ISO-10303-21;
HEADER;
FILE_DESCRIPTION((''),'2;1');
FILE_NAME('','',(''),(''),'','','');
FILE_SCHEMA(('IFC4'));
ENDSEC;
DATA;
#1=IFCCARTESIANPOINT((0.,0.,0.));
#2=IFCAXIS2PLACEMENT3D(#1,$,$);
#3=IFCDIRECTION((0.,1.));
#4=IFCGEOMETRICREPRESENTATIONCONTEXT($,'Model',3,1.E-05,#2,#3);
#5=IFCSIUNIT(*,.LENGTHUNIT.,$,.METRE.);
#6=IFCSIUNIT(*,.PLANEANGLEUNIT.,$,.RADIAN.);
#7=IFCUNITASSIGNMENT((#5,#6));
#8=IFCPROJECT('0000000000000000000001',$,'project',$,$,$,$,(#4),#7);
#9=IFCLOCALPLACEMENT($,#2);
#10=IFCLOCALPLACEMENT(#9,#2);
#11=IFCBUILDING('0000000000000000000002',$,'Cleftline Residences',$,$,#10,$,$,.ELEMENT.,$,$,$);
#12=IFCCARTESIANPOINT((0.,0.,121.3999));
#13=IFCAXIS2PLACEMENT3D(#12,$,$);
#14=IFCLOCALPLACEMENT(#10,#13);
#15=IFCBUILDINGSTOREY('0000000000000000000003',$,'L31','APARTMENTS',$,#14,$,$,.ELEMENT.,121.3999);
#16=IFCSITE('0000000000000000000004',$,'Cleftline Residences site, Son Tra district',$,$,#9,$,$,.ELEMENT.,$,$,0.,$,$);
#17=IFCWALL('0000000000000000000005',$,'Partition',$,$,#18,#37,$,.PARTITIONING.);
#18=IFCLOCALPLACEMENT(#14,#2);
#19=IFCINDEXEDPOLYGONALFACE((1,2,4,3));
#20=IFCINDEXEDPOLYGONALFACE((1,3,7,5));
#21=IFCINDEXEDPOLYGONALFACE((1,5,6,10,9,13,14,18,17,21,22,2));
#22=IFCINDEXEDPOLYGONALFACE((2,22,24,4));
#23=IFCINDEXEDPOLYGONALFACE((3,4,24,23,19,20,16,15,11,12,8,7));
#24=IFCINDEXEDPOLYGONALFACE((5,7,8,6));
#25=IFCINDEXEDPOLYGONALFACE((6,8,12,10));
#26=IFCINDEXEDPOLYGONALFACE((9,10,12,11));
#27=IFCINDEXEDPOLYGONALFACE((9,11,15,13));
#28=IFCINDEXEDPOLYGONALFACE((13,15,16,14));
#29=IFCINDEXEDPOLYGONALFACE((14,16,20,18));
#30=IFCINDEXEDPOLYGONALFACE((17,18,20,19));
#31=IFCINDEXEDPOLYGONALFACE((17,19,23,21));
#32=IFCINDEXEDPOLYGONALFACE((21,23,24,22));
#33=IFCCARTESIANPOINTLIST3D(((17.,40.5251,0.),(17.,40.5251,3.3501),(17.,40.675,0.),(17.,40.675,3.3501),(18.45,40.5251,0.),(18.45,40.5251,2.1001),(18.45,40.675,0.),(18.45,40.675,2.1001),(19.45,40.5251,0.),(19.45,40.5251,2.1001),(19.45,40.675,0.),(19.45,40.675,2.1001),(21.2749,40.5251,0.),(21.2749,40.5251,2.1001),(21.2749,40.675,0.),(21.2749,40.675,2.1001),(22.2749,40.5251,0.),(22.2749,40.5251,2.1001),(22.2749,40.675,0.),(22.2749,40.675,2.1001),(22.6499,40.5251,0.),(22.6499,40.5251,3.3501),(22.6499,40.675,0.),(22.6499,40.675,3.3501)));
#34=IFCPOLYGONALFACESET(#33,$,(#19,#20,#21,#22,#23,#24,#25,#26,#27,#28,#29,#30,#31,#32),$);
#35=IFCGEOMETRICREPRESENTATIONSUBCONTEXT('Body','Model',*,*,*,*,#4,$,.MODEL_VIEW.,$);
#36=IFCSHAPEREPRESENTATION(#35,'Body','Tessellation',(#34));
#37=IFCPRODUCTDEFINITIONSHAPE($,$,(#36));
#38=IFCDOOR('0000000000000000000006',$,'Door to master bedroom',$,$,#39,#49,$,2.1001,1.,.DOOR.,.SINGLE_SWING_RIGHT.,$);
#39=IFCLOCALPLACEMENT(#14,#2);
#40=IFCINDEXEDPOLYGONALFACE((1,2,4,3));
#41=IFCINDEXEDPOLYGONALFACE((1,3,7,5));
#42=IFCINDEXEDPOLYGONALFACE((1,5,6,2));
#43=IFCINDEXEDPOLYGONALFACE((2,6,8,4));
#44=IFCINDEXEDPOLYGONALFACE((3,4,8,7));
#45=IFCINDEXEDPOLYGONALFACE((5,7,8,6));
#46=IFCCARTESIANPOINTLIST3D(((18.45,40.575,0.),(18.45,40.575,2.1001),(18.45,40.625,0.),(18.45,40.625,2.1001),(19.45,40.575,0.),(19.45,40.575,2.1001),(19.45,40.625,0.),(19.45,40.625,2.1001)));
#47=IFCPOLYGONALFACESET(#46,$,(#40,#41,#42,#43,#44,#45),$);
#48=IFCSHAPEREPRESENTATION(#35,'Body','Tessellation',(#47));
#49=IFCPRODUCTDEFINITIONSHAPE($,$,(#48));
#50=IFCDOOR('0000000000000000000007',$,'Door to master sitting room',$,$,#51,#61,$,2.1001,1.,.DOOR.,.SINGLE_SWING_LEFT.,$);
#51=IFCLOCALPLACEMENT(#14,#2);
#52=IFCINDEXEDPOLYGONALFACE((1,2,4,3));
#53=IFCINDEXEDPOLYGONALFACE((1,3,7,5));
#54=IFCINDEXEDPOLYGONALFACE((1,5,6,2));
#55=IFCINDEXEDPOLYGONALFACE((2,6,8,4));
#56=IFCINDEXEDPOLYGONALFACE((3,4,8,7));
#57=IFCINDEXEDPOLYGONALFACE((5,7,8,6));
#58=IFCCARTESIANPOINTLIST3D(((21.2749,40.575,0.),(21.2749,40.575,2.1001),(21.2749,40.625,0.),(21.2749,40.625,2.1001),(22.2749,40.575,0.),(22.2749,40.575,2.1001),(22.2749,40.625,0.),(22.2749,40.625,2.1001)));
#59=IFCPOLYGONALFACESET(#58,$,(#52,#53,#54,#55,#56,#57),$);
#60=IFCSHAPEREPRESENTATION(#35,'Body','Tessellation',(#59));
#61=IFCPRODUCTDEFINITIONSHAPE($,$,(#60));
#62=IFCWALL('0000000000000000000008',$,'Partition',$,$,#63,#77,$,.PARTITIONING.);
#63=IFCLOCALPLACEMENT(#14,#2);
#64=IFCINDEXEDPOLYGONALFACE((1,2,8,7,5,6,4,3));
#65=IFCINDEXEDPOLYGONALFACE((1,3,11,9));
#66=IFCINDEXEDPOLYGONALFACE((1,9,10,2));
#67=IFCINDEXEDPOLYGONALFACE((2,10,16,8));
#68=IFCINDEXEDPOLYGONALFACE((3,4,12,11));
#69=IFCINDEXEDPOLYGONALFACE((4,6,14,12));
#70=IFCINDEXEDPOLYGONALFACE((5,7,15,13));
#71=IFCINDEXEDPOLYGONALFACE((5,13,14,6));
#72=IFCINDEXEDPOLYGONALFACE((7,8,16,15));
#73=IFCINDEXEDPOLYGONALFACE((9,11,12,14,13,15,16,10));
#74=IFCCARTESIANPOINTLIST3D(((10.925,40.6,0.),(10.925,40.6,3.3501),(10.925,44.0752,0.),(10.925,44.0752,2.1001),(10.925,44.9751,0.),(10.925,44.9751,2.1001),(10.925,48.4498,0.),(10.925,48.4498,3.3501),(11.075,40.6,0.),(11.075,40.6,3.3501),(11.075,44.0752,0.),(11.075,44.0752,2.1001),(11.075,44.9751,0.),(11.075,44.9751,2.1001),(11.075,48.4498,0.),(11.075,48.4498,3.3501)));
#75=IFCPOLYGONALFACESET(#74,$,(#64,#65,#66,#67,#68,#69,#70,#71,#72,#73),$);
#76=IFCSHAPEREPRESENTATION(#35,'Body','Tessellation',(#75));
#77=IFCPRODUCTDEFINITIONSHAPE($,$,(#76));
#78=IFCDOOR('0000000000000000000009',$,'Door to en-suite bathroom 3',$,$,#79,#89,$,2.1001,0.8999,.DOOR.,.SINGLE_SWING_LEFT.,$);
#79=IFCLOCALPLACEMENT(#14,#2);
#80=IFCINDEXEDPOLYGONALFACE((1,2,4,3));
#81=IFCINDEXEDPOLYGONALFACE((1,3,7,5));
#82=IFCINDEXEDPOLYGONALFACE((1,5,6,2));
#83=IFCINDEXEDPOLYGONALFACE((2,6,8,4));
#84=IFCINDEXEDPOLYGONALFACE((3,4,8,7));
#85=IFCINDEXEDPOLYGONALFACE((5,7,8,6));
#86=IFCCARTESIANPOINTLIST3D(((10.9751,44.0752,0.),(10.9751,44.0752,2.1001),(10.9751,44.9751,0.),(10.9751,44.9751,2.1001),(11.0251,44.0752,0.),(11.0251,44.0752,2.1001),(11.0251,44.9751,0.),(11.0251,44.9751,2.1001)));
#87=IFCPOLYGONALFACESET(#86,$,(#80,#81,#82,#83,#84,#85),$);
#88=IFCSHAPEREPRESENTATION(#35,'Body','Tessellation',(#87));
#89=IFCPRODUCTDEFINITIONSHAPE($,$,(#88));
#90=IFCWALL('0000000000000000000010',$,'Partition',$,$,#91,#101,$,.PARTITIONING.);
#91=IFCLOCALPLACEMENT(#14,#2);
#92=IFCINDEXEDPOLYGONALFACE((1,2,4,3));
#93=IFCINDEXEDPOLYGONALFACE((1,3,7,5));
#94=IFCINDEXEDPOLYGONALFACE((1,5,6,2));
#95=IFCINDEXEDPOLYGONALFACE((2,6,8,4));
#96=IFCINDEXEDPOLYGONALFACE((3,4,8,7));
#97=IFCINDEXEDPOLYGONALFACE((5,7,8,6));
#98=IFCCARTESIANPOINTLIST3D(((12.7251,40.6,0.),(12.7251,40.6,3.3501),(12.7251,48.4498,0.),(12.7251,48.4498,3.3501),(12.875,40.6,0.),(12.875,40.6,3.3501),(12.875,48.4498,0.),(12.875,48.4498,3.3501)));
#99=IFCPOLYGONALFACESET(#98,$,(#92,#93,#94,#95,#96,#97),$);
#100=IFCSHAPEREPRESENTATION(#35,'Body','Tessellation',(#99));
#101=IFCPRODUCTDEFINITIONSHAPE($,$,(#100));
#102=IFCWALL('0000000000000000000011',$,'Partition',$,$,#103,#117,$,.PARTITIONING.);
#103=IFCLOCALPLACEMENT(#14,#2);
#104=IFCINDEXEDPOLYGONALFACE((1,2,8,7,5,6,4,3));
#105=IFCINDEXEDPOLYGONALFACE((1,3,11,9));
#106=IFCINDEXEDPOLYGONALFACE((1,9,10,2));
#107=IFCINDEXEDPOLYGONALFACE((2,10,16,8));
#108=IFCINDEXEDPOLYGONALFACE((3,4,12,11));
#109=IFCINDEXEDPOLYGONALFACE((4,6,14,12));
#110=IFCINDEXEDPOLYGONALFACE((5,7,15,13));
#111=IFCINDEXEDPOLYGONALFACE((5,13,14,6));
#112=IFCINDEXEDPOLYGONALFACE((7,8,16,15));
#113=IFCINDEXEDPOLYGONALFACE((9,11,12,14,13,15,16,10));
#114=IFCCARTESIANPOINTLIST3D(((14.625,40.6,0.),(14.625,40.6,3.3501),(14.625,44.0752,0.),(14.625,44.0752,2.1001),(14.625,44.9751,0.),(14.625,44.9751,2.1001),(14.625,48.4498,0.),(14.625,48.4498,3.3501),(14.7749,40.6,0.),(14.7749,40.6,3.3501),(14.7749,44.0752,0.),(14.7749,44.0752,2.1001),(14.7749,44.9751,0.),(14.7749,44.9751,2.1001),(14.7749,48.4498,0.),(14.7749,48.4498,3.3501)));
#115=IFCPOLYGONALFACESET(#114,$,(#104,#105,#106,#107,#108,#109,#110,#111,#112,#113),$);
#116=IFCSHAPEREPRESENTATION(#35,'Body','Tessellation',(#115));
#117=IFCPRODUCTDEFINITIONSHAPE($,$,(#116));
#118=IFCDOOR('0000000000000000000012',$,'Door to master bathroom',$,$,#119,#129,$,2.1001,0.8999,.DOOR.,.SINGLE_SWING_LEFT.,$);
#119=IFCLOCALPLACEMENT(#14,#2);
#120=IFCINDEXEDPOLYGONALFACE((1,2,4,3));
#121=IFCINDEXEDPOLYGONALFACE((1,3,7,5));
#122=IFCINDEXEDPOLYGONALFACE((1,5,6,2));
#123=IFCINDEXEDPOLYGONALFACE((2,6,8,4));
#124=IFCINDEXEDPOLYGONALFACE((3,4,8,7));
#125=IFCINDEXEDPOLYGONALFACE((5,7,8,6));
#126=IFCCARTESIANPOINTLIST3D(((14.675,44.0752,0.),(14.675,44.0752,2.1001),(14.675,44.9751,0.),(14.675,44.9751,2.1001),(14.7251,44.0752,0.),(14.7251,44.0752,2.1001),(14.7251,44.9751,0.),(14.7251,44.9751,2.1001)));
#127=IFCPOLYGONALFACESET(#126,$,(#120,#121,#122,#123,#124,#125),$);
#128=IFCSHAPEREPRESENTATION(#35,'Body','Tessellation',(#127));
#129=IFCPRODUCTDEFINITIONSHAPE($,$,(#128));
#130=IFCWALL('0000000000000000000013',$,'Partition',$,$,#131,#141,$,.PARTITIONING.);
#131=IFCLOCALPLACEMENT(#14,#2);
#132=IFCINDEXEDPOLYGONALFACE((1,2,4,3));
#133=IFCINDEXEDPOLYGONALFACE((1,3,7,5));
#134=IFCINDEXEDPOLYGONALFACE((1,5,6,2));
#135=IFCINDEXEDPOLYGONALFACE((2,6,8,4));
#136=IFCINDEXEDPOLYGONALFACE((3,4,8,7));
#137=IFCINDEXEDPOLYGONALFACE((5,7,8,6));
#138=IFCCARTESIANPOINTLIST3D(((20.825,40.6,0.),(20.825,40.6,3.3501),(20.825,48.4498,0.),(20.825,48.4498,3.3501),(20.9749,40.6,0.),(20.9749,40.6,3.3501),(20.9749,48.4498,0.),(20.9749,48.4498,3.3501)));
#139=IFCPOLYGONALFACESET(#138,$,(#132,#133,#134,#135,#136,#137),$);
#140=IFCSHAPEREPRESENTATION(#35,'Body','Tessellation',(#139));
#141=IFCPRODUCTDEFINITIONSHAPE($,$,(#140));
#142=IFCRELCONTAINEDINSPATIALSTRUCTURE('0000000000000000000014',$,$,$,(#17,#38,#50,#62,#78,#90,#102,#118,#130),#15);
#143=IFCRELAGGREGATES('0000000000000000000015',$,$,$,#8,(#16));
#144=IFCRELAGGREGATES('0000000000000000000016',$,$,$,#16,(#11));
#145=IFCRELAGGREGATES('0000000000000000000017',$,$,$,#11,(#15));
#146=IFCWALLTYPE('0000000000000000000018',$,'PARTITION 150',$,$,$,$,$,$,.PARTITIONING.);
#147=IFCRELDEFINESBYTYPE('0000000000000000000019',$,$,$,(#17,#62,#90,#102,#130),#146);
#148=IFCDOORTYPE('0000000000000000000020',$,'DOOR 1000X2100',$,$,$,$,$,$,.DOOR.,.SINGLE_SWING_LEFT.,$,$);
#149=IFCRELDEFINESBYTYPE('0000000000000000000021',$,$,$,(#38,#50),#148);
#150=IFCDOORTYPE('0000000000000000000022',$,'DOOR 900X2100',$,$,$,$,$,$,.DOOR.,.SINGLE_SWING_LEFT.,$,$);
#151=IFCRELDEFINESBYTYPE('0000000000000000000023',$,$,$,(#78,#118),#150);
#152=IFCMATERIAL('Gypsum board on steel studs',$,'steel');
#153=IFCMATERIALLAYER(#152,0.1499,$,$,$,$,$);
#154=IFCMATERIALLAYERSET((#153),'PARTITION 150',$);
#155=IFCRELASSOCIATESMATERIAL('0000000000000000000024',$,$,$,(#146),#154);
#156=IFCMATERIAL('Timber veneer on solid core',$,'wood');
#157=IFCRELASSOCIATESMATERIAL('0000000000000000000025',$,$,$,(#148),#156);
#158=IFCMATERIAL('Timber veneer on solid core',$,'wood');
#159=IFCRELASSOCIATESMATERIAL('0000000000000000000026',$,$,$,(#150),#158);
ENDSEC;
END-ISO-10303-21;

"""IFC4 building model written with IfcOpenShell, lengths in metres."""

from ifc_helpers import new_model, si_unit, direction, frame, frame_2d, origin, place, context, subcontext, project, spatial, rectangle, extrude, material, layer, layer_set, type_object, element, fill, save


model = new_model("IFC4")

# Units and contexts
model_context = context("Model", 3, precision=1e-05, world=origin(), true_north=direction((0.0, 1.0)))
body_context = subcontext(model_context, "Body", "Model", "MODEL_VIEW")
ifc_project = project(units=[si_unit("LENGTHUNIT", "METRE"), si_unit("PLANEANGLEUNIT", "RADIAN")], contexts=[model_context])

# Site, building, storey
site_placement = place(None, origin())
site = spatial("IfcSite", under=ifc_project, at=site_placement, Name="Cleftline Residences site, Son Tra district", CompositionType="ELEMENT", RefElevation=0.0)
building_placement = place(site_placement, origin())
building = spatial("IfcBuilding", under=site, at=building_placement, Name="Cleftline Residences", CompositionType="ELEMENT")
storey_placement = place(building_placement, frame((0.0, 0.0, 121.3999)))
storey = spatial("IfcBuildingStorey", under=building, at=storey_placement, Name="L31", Description="APARTMENTS", CompositionType="ELEMENT", Elevation=121.3999)

# Shared definitions
ifc_material_1 = material(Name="Gypsum board on steel studs", Category="steel")
ifc_layer = layer(ifc_material_1, 0.1499)
ifc_layer_set = layer_set([ifc_layer], Name="PARTITION 150")
wall_type = type_object("IfcWallType", Name="PARTITION 150", PredefinedType="PARTITIONING", material=ifc_layer_set)
ifc_material_2 = material(Name="Timber veneer on solid core", Category="wood")
door_type_1 = type_object("IfcDoorType", Name="DOOR 1000X2100", OperationType="SINGLE_SWING_LEFT", PredefinedType="DOOR", material=ifc_material_2)

# Wall, openings, doors
wall_1_placement = place(storey_placement, frame((17.0, 40.6001, 0.0), z_axis=(0.0, 0.0, 1.0), x_axis=(1.0, 0.0, 0.0)))
wall_1 = element("IfcWall", 1, at=wall_1_placement, inside=storey, type_object=wall_type, Name="Partition", PredefinedType="PARTITIONING", context=body_context, shape_type="SweptSolid", body=[
    extrude(rectangle(XDim=5.6499, YDim=0.1499, at=frame_2d((2.825, 0.0))), origin(), (0.0, 0.0, 1.0), 3.3501),
])
opening_1_placement = place(wall_1_placement, frame((1.45, 0.0, 0.0)))
opening_1 = element("IfcOpeningElement", 2, at=opening_1_placement, cuts=wall_1, PredefinedType="OPENING", context=body_context, shape_type="SweptSolid", body=[
    extrude(rectangle(XDim=1.0, YDim=2.1001, at=frame_2d((0.5, 1.05))), frame((0.0, 0.085, 0.0), z_axis=(0.0, -1.0, 0.0), x_axis=(1.0, 0.0, 0.0)), (0.0, 0.0, 1.0), 0.1699),
])
opening_2_placement = place(wall_1_placement, frame((4.2749, 0.0, 0.0)))
opening_2 = element("IfcOpeningElement", 3, at=opening_2_placement, cuts=wall_1, PredefinedType="OPENING", context=body_context, shape_type="SweptSolid", body=[
    extrude(rectangle(XDim=1.0, YDim=2.1001, at=frame_2d((0.5, 1.05))), frame((0.0, 0.085, 0.0), z_axis=(0.0, -1.0, 0.0), x_axis=(1.0, 0.0, 0.0)), (0.0, 0.0, 1.0), 0.1699),
])
door_1_placement = place(opening_1_placement, origin())
door_1 = element("IfcDoor", 4, at=door_1_placement, inside=storey, type_object=door_type_1, Name="Door to master bedroom", OperationType="SINGLE_SWING_RIGHT", OverallHeight=2.1001, OverallWidth=1.0, PredefinedType="DOOR", context=body_context, shape_type="SweptSolid", body=[
    extrude(rectangle(XDim=1.0, YDim=2.1001, at=frame_2d((0.5, 1.05))), frame((0.0, 0.0249, 0.0), z_axis=(0.0, -1.0, 0.0), x_axis=(1.0, 0.0, 0.0)), (0.0, 0.0, 1.0), 0.05),
])
fill(opening_1, door_1)
door_2_placement = place(opening_2_placement, origin())
door_2 = element("IfcDoor", 5, at=door_2_placement, inside=storey, type_object=door_type_1, Name="Door to master sitting room", OperationType="SINGLE_SWING_LEFT", OverallHeight=2.1001, OverallWidth=1.0, PredefinedType="DOOR", context=body_context, shape_type="SweptSolid", body=[
    extrude(rectangle(XDim=1.0, YDim=2.1001, at=frame_2d((0.5, 1.05))), frame((0.0, 0.0249, 0.0), z_axis=(0.0, -1.0, 0.0), x_axis=(1.0, 0.0, 0.0)), (0.0, 0.0, 1.0), 0.05),
])
fill(opening_2, door_2)

# Wall, opening, door
wall_2_placement = place(storey_placement, frame((11.0, 40.6001, 0.0), z_axis=(0.0, 0.0, 1.0), x_axis=(0.0, 1.0, 0.0)))
wall_2 = element("IfcWall", 6, at=wall_2_placement, inside=storey, type_object=wall_type, Name="Partition", PredefinedType="PARTITIONING", context=body_context, shape_type="SweptSolid", body=[
    extrude(rectangle(XDim=7.8499, YDim=0.1499, at=frame_2d((3.9248, 0.0))), origin(), (0.0, 0.0, 1.0), 3.3501),
])
opening_3_placement = place(wall_2_placement, frame((3.4751, 0.0, 0.0)))
opening_3 = element("IfcOpeningElement", 7, at=opening_3_placement, cuts=wall_2, PredefinedType="OPENING", context=body_context, shape_type="SweptSolid", body=[
    extrude(rectangle(XDim=0.8999, YDim=2.1001, at=frame_2d((0.45, 1.05))), frame((0.0, 0.085, 0.0), z_axis=(0.0, -1.0, 0.0), x_axis=(1.0, 0.0, 0.0)), (0.0, 0.0, 1.0), 0.1699),
])
ifc_material_3 = material(Name="Timber veneer on solid core", Category="wood")
door_type_2 = type_object("IfcDoorType", Name="DOOR 900X2100", OperationType="SINGLE_SWING_LEFT", PredefinedType="DOOR", material=ifc_material_3)
door_3_placement = place(opening_3_placement, origin())
door_3 = element("IfcDoor", 8, at=door_3_placement, inside=storey, type_object=door_type_2, Name="Door to en-suite bathroom 3", OperationType="SINGLE_SWING_LEFT", OverallHeight=2.1001, OverallWidth=0.8999, PredefinedType="DOOR", context=body_context, shape_type="SweptSolid", body=[
    extrude(rectangle(XDim=0.8999, YDim=2.1001, at=frame_2d((0.45, 1.05))), frame((0.0, 0.0249, 0.0), z_axis=(0.0, -1.0, 0.0), x_axis=(1.0, 0.0, 0.0)), (0.0, 0.0, 1.0), 0.05),
])
fill(opening_3, door_3)

# Wall
wall_3_placement = place(storey_placement, frame((12.8, 40.6001, 0.0), z_axis=(0.0, 0.0, 1.0), x_axis=(0.0, 1.0, 0.0)))
element("IfcWall", 9, at=wall_3_placement, inside=storey, type_object=wall_type, Name="Partition", PredefinedType="PARTITIONING", context=body_context, shape_type="SweptSolid", body=[
    extrude(rectangle(XDim=7.8499, YDim=0.1499, at=frame_2d((3.9248, 0.0))), origin(), (0.0, 0.0, 1.0), 3.3501),
])

# Wall, opening, door
wall_4_placement = place(storey_placement, frame((14.7, 40.6001, 0.0), z_axis=(0.0, 0.0, 1.0), x_axis=(0.0, 1.0, 0.0)))
wall_4 = element("IfcWall", 10, at=wall_4_placement, inside=storey, type_object=wall_type, Name="Partition", PredefinedType="PARTITIONING", context=body_context, shape_type="SweptSolid", body=[
    extrude(rectangle(XDim=7.8499, YDim=0.1499, at=frame_2d((3.9248, 0.0))), origin(), (0.0, 0.0, 1.0), 3.3501),
])
opening_4_placement = place(wall_4_placement, frame((3.4751, 0.0, 0.0)))
opening_4 = element("IfcOpeningElement", 11, at=opening_4_placement, cuts=wall_4, PredefinedType="OPENING", context=body_context, shape_type="SweptSolid", body=[
    extrude(rectangle(XDim=0.8999, YDim=2.1001, at=frame_2d((0.45, 1.05))), frame((0.0, 0.085, 0.0), z_axis=(0.0, -1.0, 0.0), x_axis=(1.0, 0.0, 0.0)), (0.0, 0.0, 1.0), 0.1699),
])
door_4_placement = place(opening_4_placement, origin())
door_4 = element("IfcDoor", 12, at=door_4_placement, inside=storey, type_object=door_type_2, Name="Door to master bathroom", OperationType="SINGLE_SWING_LEFT", OverallHeight=2.1001, OverallWidth=0.8999, PredefinedType="DOOR", context=body_context, shape_type="SweptSolid", body=[
    extrude(rectangle(XDim=0.8999, YDim=2.1001, at=frame_2d((0.45, 1.05))), frame((0.0, 0.0249, 0.0), z_axis=(0.0, -1.0, 0.0), x_axis=(1.0, 0.0, 0.0)), (0.0, 0.0, 1.0), 0.05),
])
fill(opening_4, door_4)

# Wall
wall_5_placement = place(storey_placement, frame((20.8999, 40.6001, 0.0), z_axis=(0.0, 0.0, 1.0), x_axis=(0.0, 1.0, 0.0)))
element("IfcWall", 13, at=wall_5_placement, inside=storey, type_object=wall_type, Name="Partition", PredefinedType="PARTITIONING", context=body_context, shape_type="SweptSolid", body=[
    extrude(rectangle(XDim=7.8499, YDim=0.1499, at=frame_2d((3.9248, 0.0))), origin(), (0.0, 0.0, 1.0), 3.3501),
])

save(model, "model.ifc")
